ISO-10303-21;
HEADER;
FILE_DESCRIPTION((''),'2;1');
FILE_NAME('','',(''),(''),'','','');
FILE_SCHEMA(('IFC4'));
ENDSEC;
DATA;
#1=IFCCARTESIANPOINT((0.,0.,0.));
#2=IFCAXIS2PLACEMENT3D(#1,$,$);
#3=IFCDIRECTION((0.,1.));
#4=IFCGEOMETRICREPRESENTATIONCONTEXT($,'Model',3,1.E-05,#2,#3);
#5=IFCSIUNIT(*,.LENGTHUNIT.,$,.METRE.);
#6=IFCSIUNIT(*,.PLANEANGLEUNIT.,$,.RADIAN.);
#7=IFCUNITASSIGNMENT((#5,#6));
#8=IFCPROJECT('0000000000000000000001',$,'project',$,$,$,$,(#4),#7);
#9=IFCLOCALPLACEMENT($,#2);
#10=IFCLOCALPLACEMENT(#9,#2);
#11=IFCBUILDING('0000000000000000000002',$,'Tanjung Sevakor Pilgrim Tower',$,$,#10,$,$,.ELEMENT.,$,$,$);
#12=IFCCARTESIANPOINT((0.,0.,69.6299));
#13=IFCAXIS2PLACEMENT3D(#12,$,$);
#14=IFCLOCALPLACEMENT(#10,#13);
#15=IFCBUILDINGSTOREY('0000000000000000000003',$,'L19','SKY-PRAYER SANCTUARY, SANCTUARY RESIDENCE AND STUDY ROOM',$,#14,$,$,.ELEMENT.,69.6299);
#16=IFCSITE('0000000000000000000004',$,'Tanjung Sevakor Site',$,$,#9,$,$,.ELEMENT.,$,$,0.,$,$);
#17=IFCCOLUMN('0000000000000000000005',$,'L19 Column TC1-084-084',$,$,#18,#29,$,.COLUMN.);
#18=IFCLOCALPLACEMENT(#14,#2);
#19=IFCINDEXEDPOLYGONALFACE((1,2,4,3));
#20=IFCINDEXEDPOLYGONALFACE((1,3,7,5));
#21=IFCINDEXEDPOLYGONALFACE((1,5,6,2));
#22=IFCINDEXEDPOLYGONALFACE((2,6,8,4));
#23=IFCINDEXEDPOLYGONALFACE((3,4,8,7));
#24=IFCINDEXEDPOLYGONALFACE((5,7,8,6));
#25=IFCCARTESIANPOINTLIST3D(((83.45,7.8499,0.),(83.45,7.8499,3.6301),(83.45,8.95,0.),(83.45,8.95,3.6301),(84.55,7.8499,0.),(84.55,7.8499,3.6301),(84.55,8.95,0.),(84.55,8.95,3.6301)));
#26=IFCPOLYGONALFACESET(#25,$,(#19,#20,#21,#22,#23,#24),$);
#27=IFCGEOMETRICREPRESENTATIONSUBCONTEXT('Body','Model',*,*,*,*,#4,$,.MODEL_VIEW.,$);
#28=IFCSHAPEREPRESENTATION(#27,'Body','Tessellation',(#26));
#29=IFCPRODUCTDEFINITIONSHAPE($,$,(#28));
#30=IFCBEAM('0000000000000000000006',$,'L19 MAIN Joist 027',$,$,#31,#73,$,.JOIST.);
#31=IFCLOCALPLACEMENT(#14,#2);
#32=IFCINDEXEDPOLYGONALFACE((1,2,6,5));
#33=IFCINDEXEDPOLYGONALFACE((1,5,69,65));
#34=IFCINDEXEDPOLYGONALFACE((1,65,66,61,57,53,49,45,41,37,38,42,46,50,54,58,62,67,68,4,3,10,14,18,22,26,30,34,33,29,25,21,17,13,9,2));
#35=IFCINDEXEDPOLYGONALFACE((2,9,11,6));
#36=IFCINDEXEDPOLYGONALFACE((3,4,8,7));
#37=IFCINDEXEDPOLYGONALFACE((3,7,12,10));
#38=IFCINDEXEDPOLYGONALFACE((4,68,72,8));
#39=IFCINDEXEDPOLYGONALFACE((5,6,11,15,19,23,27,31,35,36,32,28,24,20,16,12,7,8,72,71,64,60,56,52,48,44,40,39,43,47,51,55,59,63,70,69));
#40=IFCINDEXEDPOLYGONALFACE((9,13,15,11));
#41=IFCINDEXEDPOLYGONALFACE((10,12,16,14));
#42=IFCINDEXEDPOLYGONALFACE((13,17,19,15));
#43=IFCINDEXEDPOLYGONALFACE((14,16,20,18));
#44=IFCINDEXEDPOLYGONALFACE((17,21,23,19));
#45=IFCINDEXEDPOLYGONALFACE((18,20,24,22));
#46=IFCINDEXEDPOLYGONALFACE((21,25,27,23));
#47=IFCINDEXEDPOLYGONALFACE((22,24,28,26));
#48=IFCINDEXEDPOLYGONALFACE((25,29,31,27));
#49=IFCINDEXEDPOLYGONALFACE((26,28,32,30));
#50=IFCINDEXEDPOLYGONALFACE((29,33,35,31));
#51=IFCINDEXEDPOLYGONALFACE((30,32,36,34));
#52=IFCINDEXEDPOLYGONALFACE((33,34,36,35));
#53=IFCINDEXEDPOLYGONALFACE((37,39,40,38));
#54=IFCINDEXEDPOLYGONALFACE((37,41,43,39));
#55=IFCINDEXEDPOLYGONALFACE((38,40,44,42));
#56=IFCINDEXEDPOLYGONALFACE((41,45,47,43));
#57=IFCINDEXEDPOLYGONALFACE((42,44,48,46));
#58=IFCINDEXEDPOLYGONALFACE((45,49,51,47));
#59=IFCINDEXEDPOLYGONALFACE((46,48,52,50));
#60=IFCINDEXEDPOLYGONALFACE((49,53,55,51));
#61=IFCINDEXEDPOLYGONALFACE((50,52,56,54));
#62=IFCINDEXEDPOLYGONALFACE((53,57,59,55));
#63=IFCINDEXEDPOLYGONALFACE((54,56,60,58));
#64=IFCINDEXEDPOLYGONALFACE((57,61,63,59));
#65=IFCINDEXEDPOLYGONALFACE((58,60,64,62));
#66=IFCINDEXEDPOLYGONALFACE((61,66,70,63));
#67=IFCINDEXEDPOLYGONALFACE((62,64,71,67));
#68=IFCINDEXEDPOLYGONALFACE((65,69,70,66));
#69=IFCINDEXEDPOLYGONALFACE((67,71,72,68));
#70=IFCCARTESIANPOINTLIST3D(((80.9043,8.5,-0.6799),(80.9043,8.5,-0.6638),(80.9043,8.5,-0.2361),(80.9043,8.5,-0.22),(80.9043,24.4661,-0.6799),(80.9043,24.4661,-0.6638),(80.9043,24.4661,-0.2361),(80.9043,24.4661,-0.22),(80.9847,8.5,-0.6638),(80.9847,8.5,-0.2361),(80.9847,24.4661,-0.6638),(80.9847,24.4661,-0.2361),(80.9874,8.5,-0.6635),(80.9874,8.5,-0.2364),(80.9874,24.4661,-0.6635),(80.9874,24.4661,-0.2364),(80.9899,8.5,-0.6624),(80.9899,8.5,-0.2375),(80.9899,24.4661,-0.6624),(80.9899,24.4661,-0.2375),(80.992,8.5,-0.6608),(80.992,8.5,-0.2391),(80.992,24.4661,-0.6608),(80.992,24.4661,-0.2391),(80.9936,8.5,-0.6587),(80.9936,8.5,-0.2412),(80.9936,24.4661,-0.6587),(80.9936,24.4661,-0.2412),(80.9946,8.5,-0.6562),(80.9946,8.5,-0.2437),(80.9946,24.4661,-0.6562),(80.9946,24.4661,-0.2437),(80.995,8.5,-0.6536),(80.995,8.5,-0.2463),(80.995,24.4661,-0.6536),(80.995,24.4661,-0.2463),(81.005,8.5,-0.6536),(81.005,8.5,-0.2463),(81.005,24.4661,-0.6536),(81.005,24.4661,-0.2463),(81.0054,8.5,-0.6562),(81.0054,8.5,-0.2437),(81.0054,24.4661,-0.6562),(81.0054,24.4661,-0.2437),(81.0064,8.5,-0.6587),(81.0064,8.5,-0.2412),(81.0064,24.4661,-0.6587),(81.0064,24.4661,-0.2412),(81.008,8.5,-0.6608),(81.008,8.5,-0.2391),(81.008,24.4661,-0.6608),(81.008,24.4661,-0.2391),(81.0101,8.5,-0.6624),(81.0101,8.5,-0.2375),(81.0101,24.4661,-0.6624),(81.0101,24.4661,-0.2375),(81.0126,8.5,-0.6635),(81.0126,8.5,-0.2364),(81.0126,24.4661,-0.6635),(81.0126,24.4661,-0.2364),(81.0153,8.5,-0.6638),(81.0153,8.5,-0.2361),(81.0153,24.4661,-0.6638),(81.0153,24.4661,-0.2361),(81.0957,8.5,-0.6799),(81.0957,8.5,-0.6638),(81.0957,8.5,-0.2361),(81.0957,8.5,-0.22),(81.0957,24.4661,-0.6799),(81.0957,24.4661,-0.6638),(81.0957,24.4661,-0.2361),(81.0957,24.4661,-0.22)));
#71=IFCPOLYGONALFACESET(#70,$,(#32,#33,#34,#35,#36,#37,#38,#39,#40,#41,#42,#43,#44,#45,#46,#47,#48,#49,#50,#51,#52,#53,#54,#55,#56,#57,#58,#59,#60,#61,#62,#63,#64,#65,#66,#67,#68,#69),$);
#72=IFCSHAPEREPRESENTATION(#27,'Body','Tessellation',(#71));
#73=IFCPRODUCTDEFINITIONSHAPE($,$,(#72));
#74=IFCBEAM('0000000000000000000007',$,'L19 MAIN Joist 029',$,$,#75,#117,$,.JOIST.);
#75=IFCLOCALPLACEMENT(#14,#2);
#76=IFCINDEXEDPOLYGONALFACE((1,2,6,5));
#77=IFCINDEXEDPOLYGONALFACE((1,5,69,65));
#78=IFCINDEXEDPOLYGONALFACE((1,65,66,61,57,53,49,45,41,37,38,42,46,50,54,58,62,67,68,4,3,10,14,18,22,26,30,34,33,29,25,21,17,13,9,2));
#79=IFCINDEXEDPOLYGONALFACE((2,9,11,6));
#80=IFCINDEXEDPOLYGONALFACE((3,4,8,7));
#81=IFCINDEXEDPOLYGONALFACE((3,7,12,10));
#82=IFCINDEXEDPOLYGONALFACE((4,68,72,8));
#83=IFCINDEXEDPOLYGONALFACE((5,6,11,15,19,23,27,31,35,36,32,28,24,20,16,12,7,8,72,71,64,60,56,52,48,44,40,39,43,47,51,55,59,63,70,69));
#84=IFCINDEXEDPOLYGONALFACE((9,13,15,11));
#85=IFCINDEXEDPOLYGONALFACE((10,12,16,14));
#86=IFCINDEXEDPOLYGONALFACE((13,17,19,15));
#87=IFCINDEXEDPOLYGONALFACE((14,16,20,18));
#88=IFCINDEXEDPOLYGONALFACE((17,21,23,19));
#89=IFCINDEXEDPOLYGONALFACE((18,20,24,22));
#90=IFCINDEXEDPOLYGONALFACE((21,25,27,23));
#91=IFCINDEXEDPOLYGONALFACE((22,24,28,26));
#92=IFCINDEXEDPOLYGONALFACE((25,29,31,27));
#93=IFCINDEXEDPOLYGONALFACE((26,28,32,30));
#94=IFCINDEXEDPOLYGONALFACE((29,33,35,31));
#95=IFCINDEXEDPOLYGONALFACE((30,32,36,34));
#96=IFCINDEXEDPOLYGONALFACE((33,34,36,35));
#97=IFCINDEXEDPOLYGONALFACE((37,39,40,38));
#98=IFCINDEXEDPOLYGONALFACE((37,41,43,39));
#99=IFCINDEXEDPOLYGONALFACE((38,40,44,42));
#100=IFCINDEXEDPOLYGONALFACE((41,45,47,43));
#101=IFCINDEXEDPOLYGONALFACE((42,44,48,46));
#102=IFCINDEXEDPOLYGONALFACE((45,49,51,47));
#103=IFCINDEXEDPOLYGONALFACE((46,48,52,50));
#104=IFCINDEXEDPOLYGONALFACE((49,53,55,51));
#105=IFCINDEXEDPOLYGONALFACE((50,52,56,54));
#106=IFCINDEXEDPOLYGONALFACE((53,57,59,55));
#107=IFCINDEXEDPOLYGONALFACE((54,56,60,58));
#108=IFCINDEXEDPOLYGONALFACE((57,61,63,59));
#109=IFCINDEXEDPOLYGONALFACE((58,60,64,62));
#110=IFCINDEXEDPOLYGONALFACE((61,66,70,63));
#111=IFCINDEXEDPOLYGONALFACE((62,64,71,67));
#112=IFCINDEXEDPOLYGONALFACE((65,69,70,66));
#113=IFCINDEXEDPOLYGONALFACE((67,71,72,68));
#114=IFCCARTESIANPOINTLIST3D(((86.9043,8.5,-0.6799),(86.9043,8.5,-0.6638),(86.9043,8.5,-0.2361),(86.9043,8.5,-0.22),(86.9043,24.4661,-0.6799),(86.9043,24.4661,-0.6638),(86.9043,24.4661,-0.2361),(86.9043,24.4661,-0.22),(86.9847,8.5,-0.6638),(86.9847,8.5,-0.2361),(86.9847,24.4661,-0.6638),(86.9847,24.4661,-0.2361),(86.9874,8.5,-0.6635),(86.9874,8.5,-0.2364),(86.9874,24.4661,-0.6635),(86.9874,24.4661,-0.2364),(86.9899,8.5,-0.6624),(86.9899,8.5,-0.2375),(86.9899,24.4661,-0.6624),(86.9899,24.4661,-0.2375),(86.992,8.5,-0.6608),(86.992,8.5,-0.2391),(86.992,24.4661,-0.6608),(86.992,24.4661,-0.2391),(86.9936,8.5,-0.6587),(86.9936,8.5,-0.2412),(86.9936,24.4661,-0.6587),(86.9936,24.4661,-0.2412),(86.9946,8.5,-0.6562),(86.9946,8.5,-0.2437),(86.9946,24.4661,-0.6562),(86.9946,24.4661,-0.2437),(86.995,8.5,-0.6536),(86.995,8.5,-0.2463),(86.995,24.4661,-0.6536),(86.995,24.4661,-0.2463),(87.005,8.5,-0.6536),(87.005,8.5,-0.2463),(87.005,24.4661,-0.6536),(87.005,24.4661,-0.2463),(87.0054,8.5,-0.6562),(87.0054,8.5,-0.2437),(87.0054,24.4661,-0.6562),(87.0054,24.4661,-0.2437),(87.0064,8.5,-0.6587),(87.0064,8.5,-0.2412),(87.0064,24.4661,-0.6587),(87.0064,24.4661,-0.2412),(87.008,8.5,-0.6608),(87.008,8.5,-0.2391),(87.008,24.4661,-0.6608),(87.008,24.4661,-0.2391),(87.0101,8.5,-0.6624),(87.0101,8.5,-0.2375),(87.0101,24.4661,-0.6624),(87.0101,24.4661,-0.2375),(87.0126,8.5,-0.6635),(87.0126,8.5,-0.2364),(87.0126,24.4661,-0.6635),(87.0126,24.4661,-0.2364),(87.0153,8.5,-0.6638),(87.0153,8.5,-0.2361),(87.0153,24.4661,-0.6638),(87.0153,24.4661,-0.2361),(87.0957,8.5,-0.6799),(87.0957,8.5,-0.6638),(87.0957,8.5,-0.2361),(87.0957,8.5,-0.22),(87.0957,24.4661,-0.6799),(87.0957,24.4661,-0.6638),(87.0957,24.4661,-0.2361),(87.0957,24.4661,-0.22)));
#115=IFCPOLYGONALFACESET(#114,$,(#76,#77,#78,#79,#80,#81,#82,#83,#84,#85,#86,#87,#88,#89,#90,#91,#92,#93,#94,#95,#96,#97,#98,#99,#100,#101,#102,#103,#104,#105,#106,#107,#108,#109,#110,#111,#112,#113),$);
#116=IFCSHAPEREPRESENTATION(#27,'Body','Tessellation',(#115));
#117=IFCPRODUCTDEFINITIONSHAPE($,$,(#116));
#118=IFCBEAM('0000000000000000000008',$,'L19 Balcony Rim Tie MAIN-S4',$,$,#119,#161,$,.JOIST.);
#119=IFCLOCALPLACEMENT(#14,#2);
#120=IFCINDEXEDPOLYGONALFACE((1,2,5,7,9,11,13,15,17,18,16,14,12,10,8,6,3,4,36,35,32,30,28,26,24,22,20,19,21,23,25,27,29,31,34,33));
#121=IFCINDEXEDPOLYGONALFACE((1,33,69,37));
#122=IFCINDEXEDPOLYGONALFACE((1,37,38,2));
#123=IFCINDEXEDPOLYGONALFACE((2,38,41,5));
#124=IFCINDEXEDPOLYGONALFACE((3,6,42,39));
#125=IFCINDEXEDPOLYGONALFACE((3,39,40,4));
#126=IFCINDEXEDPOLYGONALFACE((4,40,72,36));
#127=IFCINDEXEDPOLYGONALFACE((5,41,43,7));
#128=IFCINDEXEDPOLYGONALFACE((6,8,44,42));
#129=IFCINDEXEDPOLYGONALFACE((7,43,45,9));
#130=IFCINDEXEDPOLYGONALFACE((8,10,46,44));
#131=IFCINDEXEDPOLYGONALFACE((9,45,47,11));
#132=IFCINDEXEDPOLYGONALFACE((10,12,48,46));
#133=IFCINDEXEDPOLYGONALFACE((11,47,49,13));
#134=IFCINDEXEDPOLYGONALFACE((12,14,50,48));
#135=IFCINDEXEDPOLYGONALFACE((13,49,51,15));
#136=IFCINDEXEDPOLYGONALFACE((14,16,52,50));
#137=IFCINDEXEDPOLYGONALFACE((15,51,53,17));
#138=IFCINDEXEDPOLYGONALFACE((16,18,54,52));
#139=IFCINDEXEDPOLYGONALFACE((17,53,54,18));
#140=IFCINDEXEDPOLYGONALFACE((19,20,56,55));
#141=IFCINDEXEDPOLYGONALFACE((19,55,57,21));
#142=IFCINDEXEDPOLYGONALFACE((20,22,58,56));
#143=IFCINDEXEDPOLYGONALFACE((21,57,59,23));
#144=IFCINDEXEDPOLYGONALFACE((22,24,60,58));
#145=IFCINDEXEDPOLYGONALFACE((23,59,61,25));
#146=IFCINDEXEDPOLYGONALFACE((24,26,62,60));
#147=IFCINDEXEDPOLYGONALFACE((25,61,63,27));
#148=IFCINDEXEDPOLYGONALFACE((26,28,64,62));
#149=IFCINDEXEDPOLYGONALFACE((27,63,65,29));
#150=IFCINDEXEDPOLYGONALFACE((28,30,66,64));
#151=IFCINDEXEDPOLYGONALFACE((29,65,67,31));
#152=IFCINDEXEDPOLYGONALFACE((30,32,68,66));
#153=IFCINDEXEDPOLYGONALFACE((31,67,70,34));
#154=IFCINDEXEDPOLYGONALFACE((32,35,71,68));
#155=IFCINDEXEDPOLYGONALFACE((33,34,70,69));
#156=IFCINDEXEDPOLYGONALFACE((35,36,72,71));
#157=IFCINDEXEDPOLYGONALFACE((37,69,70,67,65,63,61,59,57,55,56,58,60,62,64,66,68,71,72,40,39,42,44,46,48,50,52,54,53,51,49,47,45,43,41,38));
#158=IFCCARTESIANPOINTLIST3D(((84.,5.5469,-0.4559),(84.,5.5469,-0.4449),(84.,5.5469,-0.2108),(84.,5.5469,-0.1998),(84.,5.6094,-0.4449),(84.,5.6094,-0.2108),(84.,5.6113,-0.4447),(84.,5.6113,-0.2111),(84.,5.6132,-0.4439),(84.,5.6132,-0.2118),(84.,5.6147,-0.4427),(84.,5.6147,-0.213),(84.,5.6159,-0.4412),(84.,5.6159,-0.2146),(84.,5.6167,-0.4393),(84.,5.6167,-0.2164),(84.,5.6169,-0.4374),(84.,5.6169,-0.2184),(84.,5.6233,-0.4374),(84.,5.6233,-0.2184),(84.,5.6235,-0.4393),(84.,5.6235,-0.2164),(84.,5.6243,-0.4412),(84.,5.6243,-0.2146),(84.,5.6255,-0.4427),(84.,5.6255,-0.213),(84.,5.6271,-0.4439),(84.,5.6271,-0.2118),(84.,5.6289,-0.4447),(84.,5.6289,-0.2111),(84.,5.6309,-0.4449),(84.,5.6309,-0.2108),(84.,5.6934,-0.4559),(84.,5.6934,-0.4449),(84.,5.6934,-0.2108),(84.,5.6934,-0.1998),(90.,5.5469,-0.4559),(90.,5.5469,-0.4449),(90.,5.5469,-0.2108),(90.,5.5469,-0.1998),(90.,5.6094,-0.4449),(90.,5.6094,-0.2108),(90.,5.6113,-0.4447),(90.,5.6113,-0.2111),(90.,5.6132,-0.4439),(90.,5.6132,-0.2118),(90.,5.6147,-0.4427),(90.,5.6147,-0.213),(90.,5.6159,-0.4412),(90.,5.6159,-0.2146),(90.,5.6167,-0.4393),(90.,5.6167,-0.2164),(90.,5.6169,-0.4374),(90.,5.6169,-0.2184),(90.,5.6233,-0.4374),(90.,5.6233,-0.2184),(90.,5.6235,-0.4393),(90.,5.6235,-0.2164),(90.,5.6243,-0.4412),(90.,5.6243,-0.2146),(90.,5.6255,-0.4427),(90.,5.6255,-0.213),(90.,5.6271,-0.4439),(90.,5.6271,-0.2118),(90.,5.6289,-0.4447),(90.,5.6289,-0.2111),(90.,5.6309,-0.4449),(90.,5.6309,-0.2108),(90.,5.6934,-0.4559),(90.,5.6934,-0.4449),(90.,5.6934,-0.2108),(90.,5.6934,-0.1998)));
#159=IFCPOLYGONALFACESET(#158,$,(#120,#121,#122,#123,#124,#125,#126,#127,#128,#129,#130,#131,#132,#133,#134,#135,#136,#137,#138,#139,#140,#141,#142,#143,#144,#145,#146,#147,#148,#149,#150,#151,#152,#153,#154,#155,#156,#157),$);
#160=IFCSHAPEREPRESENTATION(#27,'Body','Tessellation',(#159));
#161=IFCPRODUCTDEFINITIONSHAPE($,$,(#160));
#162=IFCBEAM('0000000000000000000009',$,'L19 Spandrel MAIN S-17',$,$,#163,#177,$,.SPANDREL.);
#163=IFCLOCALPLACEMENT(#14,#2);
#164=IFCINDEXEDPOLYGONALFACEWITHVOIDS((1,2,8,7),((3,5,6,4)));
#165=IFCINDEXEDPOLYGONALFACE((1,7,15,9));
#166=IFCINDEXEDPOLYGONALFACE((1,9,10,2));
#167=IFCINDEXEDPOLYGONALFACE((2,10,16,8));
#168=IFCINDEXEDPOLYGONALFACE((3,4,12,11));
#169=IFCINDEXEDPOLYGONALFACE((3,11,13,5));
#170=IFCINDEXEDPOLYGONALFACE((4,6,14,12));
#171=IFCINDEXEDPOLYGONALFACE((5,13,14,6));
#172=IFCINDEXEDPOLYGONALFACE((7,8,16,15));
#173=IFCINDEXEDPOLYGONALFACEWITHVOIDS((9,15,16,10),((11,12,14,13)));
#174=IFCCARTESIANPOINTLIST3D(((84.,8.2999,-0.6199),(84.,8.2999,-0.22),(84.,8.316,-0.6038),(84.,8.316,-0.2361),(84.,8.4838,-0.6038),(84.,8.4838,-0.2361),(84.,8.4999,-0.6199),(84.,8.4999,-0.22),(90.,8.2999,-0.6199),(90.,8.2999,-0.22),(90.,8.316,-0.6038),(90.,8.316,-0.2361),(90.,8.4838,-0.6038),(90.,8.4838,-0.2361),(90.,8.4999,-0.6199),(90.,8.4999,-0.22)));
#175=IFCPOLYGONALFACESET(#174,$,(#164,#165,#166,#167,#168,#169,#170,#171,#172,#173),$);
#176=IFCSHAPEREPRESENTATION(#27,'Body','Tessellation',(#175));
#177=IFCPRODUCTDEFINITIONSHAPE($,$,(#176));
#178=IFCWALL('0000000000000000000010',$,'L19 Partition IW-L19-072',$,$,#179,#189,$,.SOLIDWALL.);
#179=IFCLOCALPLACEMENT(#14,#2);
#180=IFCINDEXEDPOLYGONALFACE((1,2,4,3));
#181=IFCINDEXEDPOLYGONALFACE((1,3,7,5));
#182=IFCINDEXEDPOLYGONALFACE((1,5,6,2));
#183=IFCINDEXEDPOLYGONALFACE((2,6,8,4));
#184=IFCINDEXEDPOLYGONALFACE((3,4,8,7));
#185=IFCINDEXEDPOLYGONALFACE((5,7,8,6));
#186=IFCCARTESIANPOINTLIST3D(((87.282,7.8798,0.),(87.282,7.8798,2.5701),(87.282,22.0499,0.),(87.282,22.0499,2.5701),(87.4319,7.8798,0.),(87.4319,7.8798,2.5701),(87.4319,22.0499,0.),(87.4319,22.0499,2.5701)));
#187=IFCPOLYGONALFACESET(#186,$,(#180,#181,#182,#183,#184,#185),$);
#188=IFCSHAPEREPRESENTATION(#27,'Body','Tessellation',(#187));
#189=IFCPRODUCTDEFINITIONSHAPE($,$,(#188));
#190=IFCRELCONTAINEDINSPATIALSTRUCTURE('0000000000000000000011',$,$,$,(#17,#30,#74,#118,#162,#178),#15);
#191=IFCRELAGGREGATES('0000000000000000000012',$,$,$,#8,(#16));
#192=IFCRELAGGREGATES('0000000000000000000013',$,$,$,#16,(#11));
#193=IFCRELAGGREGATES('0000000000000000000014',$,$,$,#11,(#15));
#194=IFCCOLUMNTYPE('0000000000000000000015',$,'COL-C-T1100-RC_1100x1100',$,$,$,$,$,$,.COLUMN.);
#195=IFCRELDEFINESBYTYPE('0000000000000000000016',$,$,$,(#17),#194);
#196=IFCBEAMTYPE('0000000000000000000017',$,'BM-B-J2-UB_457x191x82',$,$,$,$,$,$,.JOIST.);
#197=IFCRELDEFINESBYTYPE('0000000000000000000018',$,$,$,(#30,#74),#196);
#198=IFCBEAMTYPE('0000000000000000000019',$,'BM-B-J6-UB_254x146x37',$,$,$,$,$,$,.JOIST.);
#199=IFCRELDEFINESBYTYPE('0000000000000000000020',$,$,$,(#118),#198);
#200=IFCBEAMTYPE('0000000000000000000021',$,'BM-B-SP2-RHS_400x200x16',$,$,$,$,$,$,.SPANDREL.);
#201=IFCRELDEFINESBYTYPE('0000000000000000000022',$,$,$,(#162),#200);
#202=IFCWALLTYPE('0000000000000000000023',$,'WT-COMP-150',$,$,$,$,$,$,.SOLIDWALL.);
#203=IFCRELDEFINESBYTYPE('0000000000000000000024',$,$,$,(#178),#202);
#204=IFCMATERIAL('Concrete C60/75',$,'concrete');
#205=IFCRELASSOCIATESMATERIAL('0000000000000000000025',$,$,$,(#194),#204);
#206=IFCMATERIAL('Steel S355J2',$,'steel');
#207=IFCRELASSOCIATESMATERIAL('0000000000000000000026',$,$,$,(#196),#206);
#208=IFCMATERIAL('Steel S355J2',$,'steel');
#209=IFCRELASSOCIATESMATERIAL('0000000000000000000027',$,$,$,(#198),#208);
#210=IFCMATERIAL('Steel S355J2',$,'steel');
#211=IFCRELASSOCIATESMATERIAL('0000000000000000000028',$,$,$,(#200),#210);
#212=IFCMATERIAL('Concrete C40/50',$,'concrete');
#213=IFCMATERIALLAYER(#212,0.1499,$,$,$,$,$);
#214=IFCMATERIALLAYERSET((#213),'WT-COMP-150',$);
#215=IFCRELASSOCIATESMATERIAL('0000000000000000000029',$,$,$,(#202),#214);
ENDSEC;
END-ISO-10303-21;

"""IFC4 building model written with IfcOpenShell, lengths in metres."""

from ifc_helpers import new_model, si_unit, direction, frame, frame_2d, origin, origin_2d, place, context, subcontext, project, spatial, rectangle, hollow_rectangle, i_section, extrude, material, layer, layer_set, material_profile, profile_set, type_object, element, save


model = new_model("IFC4")

# Units and contexts
model_context = context("Model", 3, precision=1e-05, world=origin(), true_north=direction((0.0, 1.0)))
body_context = subcontext(model_context, "Body", "Model", "MODEL_VIEW")
ifc_project = project(units=[si_unit("LENGTHUNIT", "METRE"), si_unit("PLANEANGLEUNIT", "RADIAN")], contexts=[model_context])

# Site, building, storey
site_placement = place(None, origin())
site = spatial("IfcSite", under=ifc_project, at=site_placement, Name="Tanjung Sevakor Site", CompositionType="ELEMENT", RefElevation=0.0)
building_placement = place(site_placement, origin())
building = spatial("IfcBuilding", under=site, at=building_placement, Name="Tanjung Sevakor Pilgrim Tower", CompositionType="ELEMENT")
storey_placement = place(building_placement, frame((0.0, 0.0, 69.6299)))
storey = spatial("IfcBuildingStorey", under=building, at=storey_placement, Name="L19", Description="SKY-PRAYER SANCTUARY, SANCTUARY RESIDENCE AND STUDY ROOM", CompositionType="ELEMENT", Elevation=69.6299)

# Column
ifc_material_1 = material(Name="Concrete C60/75", Category="concrete")
ifc_material_profile_1 = material_profile(ifc_material_1, rectangle(XDim=1.1001, YDim=1.1001, at=origin_2d()))
ifc_profile_set_1 = profile_set([ifc_material_profile_1], Name="Concrete C60/75")
column_type = type_object("IfcColumnType", Name="COL-C-T1100-RC_1100x1100", PredefinedType="COLUMN", material=ifc_profile_set_1)
column_placement = place(storey_placement, frame((84.0, 8.3999, 0.0), z_axis=(0.0, 0.0, 1.0), x_axis=(1.0, 0.0, 0.0)))
element("IfcColumn", 1, at=column_placement, inside=storey, type_object=column_type, Name="L19 Column TC1-084-084", PredefinedType="COLUMN", context=body_context, shape_type="SweptSolid", body=[
    extrude(rectangle(XDim=1.1001, YDim=1.1001, at=origin_2d()), origin(), (0.0, 0.0, 1.0), 3.6301),
])

# Beams
ifc_material_2 = material(Name="Steel S355J2", Category="steel")
ifc_material_profile_2 = material_profile(ifc_material_2, i_section(OverallWidth=0.1914, OverallDepth=0.46, WebThickness=0.01, FlangeThickness=0.0161, FilletRadius=0.0103, at=origin_2d()))
ifc_profile_set_2 = profile_set([ifc_material_profile_2], Name="Steel S355J2")
beam_type_1 = type_object("IfcBeamType", Name="BM-B-J2-UB_457x191x82", PredefinedType="JOIST", material=ifc_profile_set_2)
for number, where, z_axis, x_axis, name in (
    (2, (81.0, 8.5, -0.45), (0.0, 1.0, 0.0), (-1.0, 0.0, 0.0), "L19 MAIN Joist 027"),
    (3, (87.0, 8.5, -0.45), (0.0, 1.0, 0.0), (-1.0, 0.0, 0.0), "L19 MAIN Joist 029"),
):
    element("IfcBeam", number, at=place(storey_placement, frame(where, z_axis=z_axis, x_axis=x_axis)), inside=storey, type_object=beam_type_1, Name=name, PredefinedType="JOIST", context=body_context, shape_type="SweptSolid", body=[
        extrude(i_section(OverallWidth=0.1914, OverallDepth=0.46, WebThickness=0.01, FlangeThickness=0.0161, FilletRadius=0.0103, at=origin_2d()), origin(), (0.0, 0.0, 1.0), 15.9661),
    ])
ifc_material_3 = material(Name="Steel S355J2", Category="steel")
ifc_material_profile_3 = material_profile(ifc_material_3, i_section(OverallWidth=0.1465, OverallDepth=0.2561, WebThickness=0.0063, FlangeThickness=0.011, FilletRadius=0.0076, at=origin_2d()))
ifc_profile_set_3 = profile_set([ifc_material_profile_3], Name="Steel S355J2")
beam_type_2 = type_object("IfcBeamType", Name="BM-B-J6-UB_254x146x37", PredefinedType="JOIST", material=ifc_profile_set_3)
beam_1_placement = place(storey_placement, frame((84.0, 5.6201, -0.3279), z_axis=(1.0, 0.0, 0.0), x_axis=(0.0, 1.0, 0.0)))
element("IfcBeam", 4, at=beam_1_placement, inside=storey, type_object=beam_type_2, Name="L19 Balcony Rim Tie MAIN-S4", PredefinedType="JOIST", context=body_context, shape_type="SweptSolid", body=[
    extrude(i_section(OverallWidth=0.1465, OverallDepth=0.2561, WebThickness=0.0063, FlangeThickness=0.011, FilletRadius=0.0076, at=origin_2d()), origin(), (0.0, 0.0, 1.0), 6.0),
])
ifc_material_4 = material(Name="Steel S355J2", Category="steel")
ifc_material_profile_4 = material_profile(ifc_material_4, hollow_rectangle(XDim=0.2, YDim=0.3999, WallThickness=0.0161, at=origin_2d()))
ifc_profile_set_4 = profile_set([ifc_material_profile_4], Name="Steel S355J2")
beam_type_3 = type_object("IfcBeamType", Name="BM-B-SP2-RHS_400x200x16", PredefinedType="SPANDREL", material=ifc_profile_set_4)
beam_2_placement = place(storey_placement, frame((84.0, 8.3999, -0.4199), z_axis=(1.0, 0.0, 0.0), x_axis=(0.0, 1.0, 0.0)))
element("IfcBeam", 5, at=beam_2_placement, inside=storey, type_object=beam_type_3, Name="L19 Spandrel MAIN S-17", PredefinedType="SPANDREL", context=body_context, shape_type="SweptSolid", body=[
    extrude(hollow_rectangle(XDim=0.2, YDim=0.3999, WallThickness=0.0161, at=origin_2d()), origin(), (0.0, 0.0, 1.0), 6.0),
])

# Wall
ifc_material_5 = material(Name="Concrete C40/50", Category="concrete")
ifc_layer_1 = layer(ifc_material_5, 0.1499)
ifc_layer_set_1 = layer_set([ifc_layer_1], Name="WT-COMP-150")
wall_type_1 = type_object("IfcWallType", Name="WT-COMP-150", PredefinedType="SOLIDWALL", material=ifc_layer_set_1)
wall_1_placement = place(storey_placement, frame((87.3569, 7.8799, 0.0), z_axis=(0.0, 0.0, 1.0), x_axis=(0.0, 1.0, 0.0)))
element("IfcWall", 6, at=wall_1_placement, inside=storey, type_object=wall_type_1, Name="L19 Partition IW-L19-072", PredefinedType="SOLIDWALL", context=body_context, shape_type="SweptSolid", body=[
    extrude(rectangle(XDim=14.1702, YDim=0.1499, at=frame_2d((7.085, 0.0))), origin(), (0.0, 0.0, 1.0), 2.5701),
])

save(model, "model.ifc")
